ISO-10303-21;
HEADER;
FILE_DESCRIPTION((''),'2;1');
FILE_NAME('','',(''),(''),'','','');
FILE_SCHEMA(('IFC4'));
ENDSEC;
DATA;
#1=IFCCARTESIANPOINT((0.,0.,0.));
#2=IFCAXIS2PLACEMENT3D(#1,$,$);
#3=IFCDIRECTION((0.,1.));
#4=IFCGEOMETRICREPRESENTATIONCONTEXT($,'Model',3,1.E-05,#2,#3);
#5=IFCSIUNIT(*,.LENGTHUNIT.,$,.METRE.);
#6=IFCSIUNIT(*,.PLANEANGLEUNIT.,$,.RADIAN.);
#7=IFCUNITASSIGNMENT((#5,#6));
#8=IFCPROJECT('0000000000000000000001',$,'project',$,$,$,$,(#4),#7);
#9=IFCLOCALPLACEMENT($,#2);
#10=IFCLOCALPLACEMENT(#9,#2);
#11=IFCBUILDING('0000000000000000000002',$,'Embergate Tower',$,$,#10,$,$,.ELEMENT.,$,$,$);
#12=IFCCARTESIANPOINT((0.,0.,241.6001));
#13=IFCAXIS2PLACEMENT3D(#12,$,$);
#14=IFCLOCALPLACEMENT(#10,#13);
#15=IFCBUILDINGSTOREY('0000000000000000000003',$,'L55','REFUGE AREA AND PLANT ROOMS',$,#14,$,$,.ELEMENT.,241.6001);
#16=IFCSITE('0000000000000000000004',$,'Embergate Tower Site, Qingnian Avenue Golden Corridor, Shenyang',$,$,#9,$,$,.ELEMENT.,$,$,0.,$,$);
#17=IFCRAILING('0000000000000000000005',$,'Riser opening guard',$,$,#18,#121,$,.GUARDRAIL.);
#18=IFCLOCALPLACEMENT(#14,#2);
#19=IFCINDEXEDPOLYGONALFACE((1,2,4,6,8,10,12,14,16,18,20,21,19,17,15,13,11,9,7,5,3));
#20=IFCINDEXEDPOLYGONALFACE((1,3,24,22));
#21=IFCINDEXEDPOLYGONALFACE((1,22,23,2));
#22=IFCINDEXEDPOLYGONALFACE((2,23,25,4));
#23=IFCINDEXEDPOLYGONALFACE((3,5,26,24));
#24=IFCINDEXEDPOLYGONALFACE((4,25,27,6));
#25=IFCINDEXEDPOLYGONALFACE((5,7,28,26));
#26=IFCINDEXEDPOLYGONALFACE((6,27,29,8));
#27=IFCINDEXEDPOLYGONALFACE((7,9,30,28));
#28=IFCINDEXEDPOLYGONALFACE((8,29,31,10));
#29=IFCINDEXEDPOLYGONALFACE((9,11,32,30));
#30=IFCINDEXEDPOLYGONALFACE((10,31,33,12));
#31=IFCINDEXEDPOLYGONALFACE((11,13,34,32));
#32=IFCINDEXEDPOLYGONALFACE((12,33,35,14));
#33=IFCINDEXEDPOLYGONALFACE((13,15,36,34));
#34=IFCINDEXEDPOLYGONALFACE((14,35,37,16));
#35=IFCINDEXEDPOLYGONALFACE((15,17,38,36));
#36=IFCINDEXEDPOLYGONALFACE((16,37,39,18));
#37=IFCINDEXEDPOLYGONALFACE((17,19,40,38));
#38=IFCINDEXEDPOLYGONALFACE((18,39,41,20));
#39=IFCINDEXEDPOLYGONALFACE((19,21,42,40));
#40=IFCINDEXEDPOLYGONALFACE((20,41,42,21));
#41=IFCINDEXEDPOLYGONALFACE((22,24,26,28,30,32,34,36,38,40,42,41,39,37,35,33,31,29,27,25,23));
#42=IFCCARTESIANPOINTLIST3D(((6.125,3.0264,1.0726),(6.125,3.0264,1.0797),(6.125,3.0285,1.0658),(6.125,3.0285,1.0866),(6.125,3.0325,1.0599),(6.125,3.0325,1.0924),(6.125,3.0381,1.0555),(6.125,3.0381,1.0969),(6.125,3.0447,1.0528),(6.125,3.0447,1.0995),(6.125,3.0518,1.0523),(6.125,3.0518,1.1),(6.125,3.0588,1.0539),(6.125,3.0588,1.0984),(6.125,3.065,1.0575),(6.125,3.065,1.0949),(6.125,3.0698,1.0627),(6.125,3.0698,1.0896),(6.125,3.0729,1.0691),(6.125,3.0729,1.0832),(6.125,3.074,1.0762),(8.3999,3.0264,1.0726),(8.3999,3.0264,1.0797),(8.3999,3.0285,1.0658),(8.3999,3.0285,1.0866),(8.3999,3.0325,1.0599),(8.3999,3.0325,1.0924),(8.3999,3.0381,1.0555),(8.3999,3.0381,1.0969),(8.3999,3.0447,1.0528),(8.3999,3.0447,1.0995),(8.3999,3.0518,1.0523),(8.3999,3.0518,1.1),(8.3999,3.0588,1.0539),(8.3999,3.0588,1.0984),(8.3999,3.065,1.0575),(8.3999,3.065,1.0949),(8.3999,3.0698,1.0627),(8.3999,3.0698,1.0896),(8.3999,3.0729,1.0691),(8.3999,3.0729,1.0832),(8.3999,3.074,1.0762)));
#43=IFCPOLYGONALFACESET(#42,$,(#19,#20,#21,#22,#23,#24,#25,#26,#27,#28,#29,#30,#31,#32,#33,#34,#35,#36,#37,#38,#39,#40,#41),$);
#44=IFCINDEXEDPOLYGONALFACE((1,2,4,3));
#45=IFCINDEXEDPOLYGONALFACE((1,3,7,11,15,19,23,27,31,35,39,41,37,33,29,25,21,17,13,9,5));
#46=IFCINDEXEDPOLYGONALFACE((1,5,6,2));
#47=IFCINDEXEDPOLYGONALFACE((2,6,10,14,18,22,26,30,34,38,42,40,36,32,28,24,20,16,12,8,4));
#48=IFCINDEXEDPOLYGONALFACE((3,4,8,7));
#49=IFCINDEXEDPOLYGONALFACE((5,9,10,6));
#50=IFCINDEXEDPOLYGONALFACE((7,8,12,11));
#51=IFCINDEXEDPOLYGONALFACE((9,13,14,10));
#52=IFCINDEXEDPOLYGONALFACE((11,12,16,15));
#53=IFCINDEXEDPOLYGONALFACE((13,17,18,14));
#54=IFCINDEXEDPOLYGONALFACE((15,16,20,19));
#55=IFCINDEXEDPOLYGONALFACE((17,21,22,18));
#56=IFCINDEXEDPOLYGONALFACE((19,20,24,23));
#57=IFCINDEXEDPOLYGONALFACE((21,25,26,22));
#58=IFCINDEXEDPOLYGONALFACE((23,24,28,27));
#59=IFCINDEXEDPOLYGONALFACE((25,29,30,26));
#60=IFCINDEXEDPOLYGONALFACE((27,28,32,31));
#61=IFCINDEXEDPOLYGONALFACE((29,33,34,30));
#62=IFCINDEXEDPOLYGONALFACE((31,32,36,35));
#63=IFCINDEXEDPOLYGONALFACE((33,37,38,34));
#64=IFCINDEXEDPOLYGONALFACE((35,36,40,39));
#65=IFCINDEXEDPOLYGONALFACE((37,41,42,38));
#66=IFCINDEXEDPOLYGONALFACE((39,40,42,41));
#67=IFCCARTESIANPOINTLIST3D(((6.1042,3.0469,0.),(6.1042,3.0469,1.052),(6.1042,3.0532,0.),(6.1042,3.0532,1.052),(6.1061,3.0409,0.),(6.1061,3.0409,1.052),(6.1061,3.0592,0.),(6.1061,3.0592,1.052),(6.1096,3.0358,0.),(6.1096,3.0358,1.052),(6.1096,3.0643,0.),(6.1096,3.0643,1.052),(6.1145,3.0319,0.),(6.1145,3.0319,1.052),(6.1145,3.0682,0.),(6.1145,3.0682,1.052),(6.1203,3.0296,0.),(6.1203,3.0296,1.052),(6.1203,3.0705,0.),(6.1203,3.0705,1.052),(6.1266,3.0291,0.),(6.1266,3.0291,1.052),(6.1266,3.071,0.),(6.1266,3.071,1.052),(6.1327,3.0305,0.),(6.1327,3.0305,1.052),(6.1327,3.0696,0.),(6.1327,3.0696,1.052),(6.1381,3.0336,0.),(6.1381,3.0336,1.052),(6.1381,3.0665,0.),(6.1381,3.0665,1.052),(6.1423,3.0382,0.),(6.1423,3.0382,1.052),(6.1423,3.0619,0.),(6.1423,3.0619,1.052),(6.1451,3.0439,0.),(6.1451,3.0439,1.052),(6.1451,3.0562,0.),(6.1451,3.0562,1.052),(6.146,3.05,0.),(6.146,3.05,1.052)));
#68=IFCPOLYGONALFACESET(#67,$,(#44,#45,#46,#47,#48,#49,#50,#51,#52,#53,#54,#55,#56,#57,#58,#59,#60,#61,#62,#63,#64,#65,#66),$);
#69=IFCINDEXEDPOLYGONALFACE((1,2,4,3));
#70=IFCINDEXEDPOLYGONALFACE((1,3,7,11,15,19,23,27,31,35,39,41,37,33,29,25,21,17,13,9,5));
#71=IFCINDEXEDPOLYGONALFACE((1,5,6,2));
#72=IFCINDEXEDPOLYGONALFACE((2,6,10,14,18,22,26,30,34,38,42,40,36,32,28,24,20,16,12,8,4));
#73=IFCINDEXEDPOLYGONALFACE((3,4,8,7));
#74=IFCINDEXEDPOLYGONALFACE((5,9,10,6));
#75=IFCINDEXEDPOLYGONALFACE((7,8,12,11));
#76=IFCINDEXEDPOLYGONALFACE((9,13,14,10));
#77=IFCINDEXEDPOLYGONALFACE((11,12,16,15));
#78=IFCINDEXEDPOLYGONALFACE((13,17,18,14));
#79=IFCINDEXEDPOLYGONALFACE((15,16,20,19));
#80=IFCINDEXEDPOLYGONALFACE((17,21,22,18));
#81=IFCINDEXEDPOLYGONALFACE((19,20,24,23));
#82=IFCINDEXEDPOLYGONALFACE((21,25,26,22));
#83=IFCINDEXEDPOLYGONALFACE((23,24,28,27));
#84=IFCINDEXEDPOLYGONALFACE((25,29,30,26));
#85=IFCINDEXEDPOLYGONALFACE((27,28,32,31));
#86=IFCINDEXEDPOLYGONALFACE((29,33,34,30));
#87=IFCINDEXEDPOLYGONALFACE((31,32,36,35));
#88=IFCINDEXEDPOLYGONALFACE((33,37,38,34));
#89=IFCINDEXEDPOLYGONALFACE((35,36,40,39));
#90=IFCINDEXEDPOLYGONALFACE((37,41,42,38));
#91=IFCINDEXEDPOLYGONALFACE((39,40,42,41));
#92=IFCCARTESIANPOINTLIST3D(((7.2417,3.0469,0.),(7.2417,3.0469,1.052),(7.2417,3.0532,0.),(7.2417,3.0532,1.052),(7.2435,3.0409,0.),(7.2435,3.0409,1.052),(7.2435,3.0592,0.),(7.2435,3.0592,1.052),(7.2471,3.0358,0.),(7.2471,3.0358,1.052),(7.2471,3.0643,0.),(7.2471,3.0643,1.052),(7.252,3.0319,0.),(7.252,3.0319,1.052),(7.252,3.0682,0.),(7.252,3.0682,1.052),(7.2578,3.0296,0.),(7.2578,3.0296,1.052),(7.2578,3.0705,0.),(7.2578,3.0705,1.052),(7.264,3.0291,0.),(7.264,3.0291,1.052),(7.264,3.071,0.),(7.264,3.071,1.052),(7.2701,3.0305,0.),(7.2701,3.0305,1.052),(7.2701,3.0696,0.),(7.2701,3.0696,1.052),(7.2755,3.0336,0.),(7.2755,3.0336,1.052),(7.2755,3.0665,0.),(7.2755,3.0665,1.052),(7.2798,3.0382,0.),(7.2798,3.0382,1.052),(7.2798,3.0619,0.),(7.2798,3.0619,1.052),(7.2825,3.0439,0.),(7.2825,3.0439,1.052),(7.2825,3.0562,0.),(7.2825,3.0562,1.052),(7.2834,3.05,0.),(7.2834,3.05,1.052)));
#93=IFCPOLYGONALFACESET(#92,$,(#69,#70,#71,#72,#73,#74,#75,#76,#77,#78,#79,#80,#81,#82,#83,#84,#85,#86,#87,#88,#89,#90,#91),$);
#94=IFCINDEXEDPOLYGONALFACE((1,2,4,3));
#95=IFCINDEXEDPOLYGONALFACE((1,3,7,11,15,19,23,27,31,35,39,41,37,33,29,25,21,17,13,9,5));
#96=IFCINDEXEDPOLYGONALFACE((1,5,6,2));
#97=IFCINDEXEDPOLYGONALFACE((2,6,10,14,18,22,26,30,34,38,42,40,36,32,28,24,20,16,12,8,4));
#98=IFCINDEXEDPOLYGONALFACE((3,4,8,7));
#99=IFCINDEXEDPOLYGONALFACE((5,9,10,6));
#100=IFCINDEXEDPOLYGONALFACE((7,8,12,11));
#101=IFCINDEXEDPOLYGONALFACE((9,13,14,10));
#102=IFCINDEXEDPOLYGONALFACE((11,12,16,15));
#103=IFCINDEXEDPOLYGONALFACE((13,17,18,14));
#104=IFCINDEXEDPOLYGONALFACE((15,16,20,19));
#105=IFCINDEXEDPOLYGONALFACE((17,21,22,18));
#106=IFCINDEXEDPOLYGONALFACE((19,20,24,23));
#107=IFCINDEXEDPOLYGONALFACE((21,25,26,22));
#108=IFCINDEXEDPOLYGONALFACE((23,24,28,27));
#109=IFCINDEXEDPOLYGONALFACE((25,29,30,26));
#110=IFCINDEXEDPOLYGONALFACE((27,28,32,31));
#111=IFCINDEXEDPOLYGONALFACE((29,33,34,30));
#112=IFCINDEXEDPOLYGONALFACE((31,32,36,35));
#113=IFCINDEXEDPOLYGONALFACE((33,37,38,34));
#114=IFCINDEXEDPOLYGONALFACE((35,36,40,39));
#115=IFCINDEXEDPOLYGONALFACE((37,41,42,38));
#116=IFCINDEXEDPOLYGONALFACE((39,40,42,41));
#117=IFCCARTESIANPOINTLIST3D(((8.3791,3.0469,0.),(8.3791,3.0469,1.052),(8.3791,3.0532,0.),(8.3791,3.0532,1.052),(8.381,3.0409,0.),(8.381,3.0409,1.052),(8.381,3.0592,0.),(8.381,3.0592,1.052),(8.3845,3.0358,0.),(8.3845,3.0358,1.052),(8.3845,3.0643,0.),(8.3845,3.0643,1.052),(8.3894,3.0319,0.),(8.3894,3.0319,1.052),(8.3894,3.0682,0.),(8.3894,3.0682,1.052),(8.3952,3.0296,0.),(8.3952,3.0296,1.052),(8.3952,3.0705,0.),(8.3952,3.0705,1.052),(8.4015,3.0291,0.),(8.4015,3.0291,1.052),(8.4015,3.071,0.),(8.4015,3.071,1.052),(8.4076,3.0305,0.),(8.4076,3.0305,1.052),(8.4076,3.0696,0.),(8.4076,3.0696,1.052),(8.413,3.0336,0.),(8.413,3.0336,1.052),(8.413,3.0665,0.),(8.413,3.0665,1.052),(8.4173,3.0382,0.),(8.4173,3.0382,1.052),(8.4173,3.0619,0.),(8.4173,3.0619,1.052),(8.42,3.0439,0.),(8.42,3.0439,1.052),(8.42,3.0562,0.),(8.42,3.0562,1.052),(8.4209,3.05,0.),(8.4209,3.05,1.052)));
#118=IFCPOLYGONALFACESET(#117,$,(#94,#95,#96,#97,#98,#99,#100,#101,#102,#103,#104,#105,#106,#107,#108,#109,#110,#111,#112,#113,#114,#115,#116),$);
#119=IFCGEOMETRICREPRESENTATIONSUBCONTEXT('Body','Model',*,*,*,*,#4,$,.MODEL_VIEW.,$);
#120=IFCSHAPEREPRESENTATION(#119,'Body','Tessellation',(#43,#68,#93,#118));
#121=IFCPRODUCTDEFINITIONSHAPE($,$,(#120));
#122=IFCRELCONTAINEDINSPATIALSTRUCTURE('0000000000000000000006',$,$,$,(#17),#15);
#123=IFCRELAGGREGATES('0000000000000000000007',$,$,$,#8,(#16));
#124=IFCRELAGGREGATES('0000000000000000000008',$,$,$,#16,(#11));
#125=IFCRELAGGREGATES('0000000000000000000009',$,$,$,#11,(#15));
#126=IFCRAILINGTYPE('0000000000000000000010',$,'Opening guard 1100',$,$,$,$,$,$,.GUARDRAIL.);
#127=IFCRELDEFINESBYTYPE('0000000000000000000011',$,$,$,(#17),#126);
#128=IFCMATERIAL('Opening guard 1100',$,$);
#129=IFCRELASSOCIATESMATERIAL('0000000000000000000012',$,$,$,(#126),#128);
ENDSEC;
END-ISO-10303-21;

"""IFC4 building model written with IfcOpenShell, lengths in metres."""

from ifc_helpers import new_model, si_unit, direction, frame, origin, origin_2d, place, context, subcontext, project, spatial, circle, extrude, source, transform, mapped, material, type_object, element, save


model = new_model("IFC4")

# Units and contexts
model_context = context("Model", 3, precision=1e-05, world=origin(), true_north=direction((0.0, 1.0)))
body_context = subcontext(model_context, "Body", "Model", "MODEL_VIEW")
ifc_project = project(units=[si_unit("LENGTHUNIT", "METRE"), si_unit("PLANEANGLEUNIT", "RADIAN")], contexts=[model_context])

# Site, building, storey
site_placement = place(None, origin())
site = spatial("IfcSite", under=ifc_project, at=site_placement, Name="Embergate Tower Site, Qingnian Avenue Golden Corridor, Shenyang", CompositionType="ELEMENT", RefElevation=0.0)
building_placement = place(site_placement, origin())
building = spatial("IfcBuilding", under=site, at=building_placement, Name="Embergate Tower", CompositionType="ELEMENT")
storey_placement = place(building_placement, frame((0.0, 0.0, 241.6001)))
storey = spatial("IfcBuildingStorey", under=building, at=storey_placement, Name="L55", Description="REFUGE AREA AND PLANT ROOMS", CompositionType="ELEMENT", Elevation=241.6001)

# Railing
ifc_material_1 = material(Name="Opening guard 1100")
railing_type_1 = type_object("IfcRailingType", Name="Opening guard 1100", PredefinedType="GUARDRAIL", material=ifc_material_1)
shared_shape_1 = source(origin(), body_context, "Body", "SweptSolid", [
    extrude(circle(Radius=0.0239, at=origin_2d()), frame((0.0, 0.0, 1.0762), z_axis=(1.0, 0.0, 0.0), x_axis=(0.0, 1.0, 0.0)), (0.0, 0.0, 1.0), 2.2749),
    extrude(circle(Radius=0.021, at=origin_2d()), origin(), (0.0, 0.0, 1.0), 1.052),
    extrude(circle(Radius=0.021, at=origin_2d()), frame((1.1375, 0.0, 0.0)), (0.0, 0.0, 1.0), 1.052),
    extrude(circle(Radius=0.021, at=origin_2d()), frame((2.2749, 0.0, 0.0)), (0.0, 0.0, 1.0), 1.052),
])
railing_1_placement = place(storey_placement, frame((6.125, 3.05, 0.0)))
element("IfcRailing", 1, at=railing_1_placement, inside=storey, type_object=railing_type_1, Name="Riser opening guard", PredefinedType="GUARDRAIL", context=body_context, shape_type="MappedRepresentation", body=[
    mapped(shared_shape_1, transform((0.0, 0.0, 0.0))),
])

save(model, "model.ifc")
